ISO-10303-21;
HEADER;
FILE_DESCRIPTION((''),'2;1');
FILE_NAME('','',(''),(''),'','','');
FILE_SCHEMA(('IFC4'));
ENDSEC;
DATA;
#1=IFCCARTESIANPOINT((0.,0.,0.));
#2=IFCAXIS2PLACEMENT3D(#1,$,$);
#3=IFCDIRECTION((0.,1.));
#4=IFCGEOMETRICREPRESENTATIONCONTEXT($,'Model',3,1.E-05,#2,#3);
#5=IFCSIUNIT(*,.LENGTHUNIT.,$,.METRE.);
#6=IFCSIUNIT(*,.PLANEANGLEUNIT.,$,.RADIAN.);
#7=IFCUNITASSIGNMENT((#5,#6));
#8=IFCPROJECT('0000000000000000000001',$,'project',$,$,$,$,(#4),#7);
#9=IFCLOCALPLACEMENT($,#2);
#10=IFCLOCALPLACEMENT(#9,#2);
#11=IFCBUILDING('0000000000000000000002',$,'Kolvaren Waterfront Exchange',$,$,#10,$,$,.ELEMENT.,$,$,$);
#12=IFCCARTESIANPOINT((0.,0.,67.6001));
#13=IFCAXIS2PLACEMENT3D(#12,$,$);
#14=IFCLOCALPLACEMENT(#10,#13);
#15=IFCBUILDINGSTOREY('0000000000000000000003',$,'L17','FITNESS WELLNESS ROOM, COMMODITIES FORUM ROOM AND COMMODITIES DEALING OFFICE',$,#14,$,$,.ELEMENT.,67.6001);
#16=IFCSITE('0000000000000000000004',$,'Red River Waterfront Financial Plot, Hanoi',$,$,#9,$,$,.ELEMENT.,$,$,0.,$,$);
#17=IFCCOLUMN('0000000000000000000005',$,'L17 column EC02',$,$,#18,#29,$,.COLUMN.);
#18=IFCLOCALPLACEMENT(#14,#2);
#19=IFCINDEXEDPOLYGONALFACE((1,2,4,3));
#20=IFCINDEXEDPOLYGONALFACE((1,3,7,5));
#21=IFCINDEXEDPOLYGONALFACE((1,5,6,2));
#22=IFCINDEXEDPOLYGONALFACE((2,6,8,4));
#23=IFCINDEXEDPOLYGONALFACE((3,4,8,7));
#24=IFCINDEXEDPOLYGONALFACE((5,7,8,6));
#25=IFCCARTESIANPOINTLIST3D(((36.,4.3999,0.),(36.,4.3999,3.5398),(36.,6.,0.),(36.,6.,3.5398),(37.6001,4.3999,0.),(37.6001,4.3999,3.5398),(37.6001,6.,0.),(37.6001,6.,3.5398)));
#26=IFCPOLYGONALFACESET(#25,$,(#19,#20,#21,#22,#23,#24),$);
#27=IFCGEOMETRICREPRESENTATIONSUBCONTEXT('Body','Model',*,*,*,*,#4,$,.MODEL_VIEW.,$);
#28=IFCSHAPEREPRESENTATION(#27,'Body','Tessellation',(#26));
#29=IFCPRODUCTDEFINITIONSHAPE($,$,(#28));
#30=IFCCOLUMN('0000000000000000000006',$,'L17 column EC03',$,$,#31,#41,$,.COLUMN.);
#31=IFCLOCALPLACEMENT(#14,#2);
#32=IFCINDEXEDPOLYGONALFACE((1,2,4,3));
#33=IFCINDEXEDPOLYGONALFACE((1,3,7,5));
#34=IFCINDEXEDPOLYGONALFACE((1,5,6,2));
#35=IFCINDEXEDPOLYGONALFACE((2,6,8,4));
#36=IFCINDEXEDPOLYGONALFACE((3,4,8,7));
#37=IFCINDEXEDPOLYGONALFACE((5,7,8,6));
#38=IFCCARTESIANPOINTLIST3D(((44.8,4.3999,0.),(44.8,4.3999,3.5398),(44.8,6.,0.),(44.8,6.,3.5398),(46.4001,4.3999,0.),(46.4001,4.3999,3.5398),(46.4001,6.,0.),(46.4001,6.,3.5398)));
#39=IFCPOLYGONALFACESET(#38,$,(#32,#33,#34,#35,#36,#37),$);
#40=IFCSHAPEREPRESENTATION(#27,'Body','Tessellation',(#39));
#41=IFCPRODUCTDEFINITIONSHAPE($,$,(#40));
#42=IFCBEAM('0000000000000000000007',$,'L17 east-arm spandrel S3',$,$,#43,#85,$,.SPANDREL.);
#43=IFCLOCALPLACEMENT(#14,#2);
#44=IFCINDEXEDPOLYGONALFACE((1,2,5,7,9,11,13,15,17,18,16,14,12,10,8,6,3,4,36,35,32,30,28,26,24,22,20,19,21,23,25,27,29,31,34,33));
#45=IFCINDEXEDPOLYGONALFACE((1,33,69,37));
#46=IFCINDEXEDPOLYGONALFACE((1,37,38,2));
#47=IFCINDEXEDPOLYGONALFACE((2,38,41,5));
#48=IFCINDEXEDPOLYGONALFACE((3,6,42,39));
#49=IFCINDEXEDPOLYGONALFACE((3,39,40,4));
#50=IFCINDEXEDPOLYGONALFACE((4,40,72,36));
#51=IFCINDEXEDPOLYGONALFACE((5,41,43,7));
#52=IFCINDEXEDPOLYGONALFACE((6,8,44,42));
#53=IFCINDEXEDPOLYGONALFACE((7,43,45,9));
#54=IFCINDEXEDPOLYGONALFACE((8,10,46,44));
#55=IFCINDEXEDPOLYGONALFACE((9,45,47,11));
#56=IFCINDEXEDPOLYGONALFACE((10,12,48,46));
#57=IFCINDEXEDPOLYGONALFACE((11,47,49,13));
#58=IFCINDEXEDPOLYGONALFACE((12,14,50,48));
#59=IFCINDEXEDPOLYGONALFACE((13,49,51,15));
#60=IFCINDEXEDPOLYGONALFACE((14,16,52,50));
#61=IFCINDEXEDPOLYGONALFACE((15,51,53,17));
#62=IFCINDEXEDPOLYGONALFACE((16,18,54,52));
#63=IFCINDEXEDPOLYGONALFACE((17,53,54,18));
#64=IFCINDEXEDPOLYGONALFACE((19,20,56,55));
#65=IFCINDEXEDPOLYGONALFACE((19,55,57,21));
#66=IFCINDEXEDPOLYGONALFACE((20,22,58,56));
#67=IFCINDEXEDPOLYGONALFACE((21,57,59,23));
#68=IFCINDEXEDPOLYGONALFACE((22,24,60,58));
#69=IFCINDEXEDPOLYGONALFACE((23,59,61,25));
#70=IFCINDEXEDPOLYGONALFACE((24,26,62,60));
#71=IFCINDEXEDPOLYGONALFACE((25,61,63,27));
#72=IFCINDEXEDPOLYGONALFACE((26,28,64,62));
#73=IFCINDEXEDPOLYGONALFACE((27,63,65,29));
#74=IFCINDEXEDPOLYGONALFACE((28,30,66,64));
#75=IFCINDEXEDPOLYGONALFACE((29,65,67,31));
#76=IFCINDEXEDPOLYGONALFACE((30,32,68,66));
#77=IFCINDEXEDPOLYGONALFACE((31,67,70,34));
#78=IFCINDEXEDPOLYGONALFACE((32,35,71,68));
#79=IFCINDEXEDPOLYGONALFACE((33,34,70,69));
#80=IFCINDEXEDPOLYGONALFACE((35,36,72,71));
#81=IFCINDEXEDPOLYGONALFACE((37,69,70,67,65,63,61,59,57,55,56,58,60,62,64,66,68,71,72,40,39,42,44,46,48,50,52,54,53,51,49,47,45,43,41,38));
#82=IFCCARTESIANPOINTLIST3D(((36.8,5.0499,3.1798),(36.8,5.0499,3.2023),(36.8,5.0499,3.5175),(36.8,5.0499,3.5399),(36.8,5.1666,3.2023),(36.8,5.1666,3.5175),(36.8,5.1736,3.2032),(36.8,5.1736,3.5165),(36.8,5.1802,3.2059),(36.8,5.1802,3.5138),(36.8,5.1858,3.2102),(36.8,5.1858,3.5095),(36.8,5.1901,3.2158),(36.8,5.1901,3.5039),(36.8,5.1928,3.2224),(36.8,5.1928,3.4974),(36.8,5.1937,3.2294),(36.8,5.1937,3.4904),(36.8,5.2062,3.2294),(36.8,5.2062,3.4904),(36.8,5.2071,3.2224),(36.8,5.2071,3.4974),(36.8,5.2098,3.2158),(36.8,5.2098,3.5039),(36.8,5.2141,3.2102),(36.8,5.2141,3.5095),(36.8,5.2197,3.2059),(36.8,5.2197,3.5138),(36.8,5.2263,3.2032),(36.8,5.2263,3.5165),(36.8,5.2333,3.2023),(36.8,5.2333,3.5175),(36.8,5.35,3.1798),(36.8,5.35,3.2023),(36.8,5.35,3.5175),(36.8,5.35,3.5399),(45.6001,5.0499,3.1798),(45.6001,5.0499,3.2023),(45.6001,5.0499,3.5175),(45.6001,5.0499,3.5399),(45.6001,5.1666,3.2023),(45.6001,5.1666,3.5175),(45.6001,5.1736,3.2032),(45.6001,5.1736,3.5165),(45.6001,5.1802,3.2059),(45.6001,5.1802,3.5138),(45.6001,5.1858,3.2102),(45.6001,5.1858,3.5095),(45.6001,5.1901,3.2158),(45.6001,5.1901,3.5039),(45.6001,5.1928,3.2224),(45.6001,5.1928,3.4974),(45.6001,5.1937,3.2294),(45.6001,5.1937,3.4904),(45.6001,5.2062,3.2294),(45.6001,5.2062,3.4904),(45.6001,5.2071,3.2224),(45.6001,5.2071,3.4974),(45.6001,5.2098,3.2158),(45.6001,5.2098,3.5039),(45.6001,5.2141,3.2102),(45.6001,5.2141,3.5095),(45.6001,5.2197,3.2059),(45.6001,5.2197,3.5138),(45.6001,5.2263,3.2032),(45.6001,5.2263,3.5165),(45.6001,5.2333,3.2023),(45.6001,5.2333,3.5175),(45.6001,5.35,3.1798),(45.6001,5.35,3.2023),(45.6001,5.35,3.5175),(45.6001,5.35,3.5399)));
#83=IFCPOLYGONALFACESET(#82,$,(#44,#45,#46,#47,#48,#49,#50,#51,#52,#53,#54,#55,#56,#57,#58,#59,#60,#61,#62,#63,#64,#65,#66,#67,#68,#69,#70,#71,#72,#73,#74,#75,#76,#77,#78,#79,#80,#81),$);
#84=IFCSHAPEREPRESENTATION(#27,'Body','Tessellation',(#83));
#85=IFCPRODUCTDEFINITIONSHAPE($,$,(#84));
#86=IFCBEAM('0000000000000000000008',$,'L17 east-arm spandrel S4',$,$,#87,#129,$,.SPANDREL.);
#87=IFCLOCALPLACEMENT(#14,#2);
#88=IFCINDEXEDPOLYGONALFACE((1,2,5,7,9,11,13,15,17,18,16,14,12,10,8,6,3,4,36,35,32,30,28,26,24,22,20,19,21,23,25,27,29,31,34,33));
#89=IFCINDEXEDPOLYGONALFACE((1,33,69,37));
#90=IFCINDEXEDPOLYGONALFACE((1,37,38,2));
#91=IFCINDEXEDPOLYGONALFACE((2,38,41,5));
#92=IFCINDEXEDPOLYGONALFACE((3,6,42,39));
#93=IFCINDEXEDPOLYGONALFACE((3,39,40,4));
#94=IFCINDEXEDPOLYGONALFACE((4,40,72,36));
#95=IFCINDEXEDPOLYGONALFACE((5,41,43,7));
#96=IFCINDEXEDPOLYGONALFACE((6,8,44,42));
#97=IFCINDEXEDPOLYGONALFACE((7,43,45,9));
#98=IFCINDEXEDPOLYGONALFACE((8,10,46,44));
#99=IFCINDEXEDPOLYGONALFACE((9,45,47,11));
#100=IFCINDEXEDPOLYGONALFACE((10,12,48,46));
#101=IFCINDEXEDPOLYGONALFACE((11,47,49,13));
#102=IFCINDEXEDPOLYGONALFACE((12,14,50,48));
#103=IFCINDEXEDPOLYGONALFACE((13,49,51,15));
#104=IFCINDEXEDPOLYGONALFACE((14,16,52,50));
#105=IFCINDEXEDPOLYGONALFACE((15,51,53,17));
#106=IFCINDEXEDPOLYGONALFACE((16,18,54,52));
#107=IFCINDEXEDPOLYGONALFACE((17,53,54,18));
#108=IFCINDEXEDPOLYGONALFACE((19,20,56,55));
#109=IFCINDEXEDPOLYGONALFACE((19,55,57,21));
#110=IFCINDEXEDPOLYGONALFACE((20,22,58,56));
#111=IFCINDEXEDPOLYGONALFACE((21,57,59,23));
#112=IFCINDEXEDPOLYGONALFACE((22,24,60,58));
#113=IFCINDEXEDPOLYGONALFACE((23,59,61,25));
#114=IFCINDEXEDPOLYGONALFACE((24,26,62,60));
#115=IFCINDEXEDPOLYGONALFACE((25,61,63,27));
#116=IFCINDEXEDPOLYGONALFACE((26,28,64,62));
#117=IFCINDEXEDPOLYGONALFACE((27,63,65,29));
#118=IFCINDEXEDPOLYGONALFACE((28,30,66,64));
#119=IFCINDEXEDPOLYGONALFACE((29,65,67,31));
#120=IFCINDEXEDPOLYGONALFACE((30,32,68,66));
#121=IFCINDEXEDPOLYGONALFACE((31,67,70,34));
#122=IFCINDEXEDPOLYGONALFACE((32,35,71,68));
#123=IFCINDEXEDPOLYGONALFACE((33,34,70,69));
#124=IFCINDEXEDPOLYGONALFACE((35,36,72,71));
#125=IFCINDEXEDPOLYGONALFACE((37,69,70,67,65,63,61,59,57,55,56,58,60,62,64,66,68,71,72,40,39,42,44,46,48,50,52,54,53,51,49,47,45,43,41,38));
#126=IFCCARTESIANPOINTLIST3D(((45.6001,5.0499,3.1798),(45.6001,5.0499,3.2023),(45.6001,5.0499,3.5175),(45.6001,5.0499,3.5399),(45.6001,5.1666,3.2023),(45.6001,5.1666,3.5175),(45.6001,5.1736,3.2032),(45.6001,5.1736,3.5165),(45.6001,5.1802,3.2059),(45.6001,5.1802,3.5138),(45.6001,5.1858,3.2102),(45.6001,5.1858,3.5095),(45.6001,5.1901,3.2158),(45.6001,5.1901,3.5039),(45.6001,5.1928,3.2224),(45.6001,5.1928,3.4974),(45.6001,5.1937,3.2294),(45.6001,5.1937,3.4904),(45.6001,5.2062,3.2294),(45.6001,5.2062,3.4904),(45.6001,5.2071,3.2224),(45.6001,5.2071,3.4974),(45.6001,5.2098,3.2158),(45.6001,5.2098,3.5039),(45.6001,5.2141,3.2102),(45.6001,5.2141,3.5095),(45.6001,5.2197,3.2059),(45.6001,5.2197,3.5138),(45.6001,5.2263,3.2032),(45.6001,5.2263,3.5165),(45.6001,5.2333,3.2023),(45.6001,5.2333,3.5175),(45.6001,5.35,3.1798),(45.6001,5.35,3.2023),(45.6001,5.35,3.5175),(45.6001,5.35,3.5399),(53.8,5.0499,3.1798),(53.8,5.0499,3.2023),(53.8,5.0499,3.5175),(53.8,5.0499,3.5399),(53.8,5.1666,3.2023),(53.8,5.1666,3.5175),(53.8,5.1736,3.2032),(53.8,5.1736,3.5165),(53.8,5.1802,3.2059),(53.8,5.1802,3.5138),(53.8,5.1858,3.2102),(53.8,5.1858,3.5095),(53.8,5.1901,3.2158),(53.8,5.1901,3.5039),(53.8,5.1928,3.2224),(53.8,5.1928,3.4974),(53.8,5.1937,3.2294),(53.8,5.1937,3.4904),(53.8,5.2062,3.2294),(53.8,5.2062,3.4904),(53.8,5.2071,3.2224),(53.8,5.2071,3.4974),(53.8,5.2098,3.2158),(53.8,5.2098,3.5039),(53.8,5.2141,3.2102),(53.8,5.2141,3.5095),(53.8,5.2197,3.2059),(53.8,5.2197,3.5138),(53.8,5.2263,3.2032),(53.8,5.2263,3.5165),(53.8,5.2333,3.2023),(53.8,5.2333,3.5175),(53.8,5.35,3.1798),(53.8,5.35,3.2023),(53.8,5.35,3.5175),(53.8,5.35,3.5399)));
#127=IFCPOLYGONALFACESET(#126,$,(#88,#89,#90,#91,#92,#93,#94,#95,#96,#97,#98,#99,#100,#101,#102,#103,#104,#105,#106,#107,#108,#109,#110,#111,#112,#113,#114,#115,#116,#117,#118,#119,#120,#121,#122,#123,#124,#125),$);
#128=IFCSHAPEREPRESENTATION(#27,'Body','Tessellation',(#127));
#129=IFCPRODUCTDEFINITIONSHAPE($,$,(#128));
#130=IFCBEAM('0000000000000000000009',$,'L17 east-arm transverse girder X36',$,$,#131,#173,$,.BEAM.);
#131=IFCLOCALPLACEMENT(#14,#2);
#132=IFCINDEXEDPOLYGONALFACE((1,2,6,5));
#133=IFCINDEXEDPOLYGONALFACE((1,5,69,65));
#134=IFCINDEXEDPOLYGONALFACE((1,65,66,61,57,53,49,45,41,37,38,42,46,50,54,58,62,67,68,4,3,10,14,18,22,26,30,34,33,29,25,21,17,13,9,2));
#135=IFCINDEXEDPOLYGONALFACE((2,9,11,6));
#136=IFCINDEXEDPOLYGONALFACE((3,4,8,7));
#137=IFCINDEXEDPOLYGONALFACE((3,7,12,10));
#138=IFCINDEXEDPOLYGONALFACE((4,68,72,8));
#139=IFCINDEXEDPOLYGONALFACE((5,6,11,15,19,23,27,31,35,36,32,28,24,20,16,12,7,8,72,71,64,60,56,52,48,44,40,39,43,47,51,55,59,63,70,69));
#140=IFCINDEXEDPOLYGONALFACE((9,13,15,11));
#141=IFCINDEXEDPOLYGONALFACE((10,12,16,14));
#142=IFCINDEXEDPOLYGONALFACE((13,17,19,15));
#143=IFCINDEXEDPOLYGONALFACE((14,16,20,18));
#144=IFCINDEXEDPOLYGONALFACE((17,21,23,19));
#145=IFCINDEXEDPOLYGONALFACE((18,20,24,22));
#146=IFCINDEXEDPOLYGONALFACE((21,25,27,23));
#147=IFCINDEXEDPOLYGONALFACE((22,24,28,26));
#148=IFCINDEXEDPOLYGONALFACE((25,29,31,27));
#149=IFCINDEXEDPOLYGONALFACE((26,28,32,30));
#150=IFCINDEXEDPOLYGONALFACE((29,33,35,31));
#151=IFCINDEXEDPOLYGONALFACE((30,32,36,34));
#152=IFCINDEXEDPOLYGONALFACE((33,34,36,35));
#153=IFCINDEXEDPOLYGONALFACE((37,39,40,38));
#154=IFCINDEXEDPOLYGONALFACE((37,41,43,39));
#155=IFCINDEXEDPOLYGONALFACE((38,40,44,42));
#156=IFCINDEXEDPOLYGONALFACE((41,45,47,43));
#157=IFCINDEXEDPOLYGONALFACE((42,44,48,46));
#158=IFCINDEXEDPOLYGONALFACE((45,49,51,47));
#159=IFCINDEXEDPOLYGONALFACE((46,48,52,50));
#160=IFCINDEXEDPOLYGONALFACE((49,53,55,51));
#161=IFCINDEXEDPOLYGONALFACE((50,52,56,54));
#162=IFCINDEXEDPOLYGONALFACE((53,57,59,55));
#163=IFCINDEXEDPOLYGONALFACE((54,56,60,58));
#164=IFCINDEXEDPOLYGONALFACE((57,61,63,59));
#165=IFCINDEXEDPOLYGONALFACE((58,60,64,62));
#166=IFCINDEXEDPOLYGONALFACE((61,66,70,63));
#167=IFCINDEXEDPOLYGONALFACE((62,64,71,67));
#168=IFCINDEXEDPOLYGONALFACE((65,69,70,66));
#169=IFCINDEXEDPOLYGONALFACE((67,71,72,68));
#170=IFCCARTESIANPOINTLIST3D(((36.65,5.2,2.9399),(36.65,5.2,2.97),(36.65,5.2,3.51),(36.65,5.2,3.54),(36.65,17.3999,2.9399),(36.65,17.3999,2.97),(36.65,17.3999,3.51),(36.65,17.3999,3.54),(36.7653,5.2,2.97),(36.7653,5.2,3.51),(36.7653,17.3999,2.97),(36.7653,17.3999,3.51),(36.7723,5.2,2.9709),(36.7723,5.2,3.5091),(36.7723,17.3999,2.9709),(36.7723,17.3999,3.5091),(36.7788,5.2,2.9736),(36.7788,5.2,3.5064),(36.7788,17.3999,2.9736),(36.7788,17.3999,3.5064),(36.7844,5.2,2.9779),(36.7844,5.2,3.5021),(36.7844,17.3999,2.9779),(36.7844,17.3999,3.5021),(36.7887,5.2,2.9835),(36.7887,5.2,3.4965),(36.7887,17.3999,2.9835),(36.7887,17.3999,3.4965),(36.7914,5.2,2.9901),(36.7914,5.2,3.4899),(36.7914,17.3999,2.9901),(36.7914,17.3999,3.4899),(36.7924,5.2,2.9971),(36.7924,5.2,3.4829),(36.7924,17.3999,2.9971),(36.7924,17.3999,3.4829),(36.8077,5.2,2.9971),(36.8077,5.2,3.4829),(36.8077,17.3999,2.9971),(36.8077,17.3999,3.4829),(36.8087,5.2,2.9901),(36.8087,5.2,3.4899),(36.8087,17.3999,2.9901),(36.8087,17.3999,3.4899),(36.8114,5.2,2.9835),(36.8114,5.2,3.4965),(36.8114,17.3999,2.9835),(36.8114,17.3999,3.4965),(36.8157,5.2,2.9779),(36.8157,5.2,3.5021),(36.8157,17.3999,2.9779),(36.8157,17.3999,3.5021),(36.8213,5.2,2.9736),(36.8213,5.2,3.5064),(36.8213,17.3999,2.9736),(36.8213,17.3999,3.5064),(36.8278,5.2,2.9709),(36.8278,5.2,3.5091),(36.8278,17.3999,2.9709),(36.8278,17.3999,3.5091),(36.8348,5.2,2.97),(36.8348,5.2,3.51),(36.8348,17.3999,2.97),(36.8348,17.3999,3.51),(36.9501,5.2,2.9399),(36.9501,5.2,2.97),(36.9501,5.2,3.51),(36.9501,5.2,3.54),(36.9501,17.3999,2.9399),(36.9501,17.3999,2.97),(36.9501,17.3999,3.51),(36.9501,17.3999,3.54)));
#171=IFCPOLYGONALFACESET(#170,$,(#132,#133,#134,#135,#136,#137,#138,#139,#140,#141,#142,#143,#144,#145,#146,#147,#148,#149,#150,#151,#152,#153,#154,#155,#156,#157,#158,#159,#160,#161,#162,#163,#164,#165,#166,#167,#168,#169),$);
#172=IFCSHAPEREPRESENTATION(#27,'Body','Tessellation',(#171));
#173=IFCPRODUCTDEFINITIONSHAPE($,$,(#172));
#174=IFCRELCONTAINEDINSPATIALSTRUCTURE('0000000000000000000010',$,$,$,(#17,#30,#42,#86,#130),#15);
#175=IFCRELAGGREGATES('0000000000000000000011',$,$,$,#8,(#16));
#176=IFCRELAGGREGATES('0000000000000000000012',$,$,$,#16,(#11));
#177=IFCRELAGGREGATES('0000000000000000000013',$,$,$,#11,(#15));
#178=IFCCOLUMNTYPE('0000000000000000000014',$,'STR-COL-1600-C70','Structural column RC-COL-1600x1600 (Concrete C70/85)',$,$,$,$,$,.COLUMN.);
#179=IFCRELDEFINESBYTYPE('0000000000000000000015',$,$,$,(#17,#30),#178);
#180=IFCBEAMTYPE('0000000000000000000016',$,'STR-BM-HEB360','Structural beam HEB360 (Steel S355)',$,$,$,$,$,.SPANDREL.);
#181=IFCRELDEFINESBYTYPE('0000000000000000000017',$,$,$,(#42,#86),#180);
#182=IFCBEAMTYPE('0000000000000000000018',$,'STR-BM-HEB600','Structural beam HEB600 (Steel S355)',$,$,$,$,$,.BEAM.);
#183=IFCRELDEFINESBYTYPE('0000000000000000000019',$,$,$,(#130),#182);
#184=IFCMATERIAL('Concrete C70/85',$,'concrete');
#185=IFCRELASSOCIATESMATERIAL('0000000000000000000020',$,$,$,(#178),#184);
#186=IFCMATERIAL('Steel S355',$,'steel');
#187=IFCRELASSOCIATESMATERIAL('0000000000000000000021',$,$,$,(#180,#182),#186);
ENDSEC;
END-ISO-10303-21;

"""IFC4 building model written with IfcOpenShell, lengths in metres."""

from ifc_helpers import new_model, si_unit, direction, frame, origin, origin_2d, place, context, subcontext, project, spatial, rectangle, i_section, extrude, material, material_profile, profile_set, type_object, element, save


model = new_model("IFC4")

# Units and contexts
model_context = context("Model", 3, precision=1e-05, world=origin(), true_north=direction((0.0, 1.0)))
body_context = subcontext(model_context, "Body", "Model", "MODEL_VIEW")
ifc_project = project(units=[si_unit("LENGTHUNIT", "METRE"), si_unit("PLANEANGLEUNIT", "RADIAN")], contexts=[model_context])

# Site, building, storey
site_placement = place(None, origin())
site = spatial("IfcSite", under=ifc_project, at=site_placement, Name="Red River Waterfront Financial Plot, Hanoi", CompositionType="ELEMENT", RefElevation=0.0)
building_placement = place(site_placement, origin())
building = spatial("IfcBuilding", under=site, at=building_placement, Name="Kolvaren Waterfront Exchange", CompositionType="ELEMENT")
storey_placement = place(building_placement, frame((0.0, 0.0, 67.6001)))
storey = spatial("IfcBuildingStorey", under=building, at=storey_placement, Name="L17", Description="FITNESS WELLNESS ROOM, COMMODITIES FORUM ROOM AND COMMODITIES DEALING OFFICE", CompositionType="ELEMENT", Elevation=67.6001)

# Columns
ifc_material_1 = material(Name="Concrete C70/85", Category="concrete")
ifc_material_profile_1 = material_profile(ifc_material_1, rectangle(XDim=1.6001, YDim=1.6001, at=origin_2d()), Name="RC-COL-1600x1600")
ifc_profile_set_1 = profile_set([ifc_material_profile_1], Name="Concrete C70/85")
column_type = type_object("IfcColumnType", Name="STR-COL-1600-C70", Description="Structural column RC-COL-1600x1600 (Concrete C70/85)", PredefinedType="COLUMN", material=ifc_profile_set_1)
for number, where, z_axis, x_axis, name in (
    (1, (36.8, 5.2, 0.0), (0.0, 0.0, 1.0), (1.0, 0.0, 0.0), "L17 column EC02"),
    (2, (45.6001, 5.2, 0.0), (0.0, 0.0, 1.0), (1.0, 0.0, 0.0), "L17 column EC03"),
):
    element("IfcColumn", number, at=place(storey_placement, frame(where, z_axis=z_axis, x_axis=x_axis)), inside=storey, type_object=column_type, Name=name, PredefinedType="COLUMN", context=body_context, shape_type="SweptSolid", body=[
        extrude(rectangle(XDim=1.6001, YDim=1.6001, at=origin_2d()), origin(), (0.0, 0.0, 1.0), 3.5398),
    ])

# Beams
ifc_material_2 = material(Name="Steel S355", Category="steel")
ifc_material_profile_2 = material_profile(ifc_material_2, i_section(OverallWidth=0.3, OverallDepth=0.3601, WebThickness=0.0125, FlangeThickness=0.0225, FilletRadius=0.0271, at=origin_2d()), Name="HEB360")
ifc_profile_set_2 = profile_set([ifc_material_profile_2], Name="Steel S355")
beam_type_1 = type_object("IfcBeamType", Name="STR-BM-HEB360", Description="Structural beam HEB360 (Steel S355)", PredefinedType="SPANDREL", material=ifc_profile_set_2)
beam_1_placement = place(storey_placement, frame((36.8, 5.2, 3.3599), z_axis=(1.0, 0.0, 0.0), x_axis=(0.0, 1.0, 0.0)))
element("IfcBeam", 3, at=beam_1_placement, inside=storey, type_object=beam_type_1, Name="L17 east-arm spandrel S3", PredefinedType="SPANDREL", context=body_context, shape_type="SweptSolid", body=[
    extrude(i_section(OverallWidth=0.3, OverallDepth=0.3601, WebThickness=0.0125, FlangeThickness=0.0225, FilletRadius=0.0271, at=origin_2d()), origin(), (0.0, 0.0, 1.0), 8.8),
])
beam_2_placement = place(storey_placement, frame((45.6001, 5.2, 3.3599), z_axis=(1.0, 0.0, 0.0), x_axis=(0.0, 1.0, 0.0)))
element("IfcBeam", 4, at=beam_2_placement, inside=storey, type_object=beam_type_1, Name="L17 east-arm spandrel S4", PredefinedType="SPANDREL", context=body_context, shape_type="SweptSolid", body=[
    extrude(i_section(OverallWidth=0.3, OverallDepth=0.3601, WebThickness=0.0125, FlangeThickness=0.0225, FilletRadius=0.0271, at=origin_2d()), origin(), (0.0, 0.0, 1.0), 8.2),
])
ifc_material_profile_3 = material_profile(ifc_material_2, i_section(OverallWidth=0.3, OverallDepth=0.6001, WebThickness=0.0154, FlangeThickness=0.03, FilletRadius=0.0271, at=origin_2d()), Name="HEB600")
ifc_profile_set_3 = profile_set([ifc_material_profile_3], Name="Steel S355")
beam_type_2 = type_object("IfcBeamType", Name="STR-BM-HEB600", Description="Structural beam HEB600 (Steel S355)", PredefinedType="BEAM", material=ifc_profile_set_3)
beam_3_placement = place(storey_placement, frame((36.8, 5.2, 3.24), z_axis=(0.0, 1.0, 0.0), x_axis=(-1.0, 0.0, 0.0)))
element("IfcBeam", 5, at=beam_3_placement, inside=storey, type_object=beam_type_2, Name="L17 east-arm transverse girder X36", PredefinedType="BEAM", context=body_context, shape_type="SweptSolid", body=[
    extrude(i_section(OverallWidth=0.3, OverallDepth=0.6001, WebThickness=0.0154, FlangeThickness=0.03, FilletRadius=0.0271, at=origin_2d()), origin(), (0.0, 0.0, 1.0), 12.2),
])

save(model, "model.ifc")
